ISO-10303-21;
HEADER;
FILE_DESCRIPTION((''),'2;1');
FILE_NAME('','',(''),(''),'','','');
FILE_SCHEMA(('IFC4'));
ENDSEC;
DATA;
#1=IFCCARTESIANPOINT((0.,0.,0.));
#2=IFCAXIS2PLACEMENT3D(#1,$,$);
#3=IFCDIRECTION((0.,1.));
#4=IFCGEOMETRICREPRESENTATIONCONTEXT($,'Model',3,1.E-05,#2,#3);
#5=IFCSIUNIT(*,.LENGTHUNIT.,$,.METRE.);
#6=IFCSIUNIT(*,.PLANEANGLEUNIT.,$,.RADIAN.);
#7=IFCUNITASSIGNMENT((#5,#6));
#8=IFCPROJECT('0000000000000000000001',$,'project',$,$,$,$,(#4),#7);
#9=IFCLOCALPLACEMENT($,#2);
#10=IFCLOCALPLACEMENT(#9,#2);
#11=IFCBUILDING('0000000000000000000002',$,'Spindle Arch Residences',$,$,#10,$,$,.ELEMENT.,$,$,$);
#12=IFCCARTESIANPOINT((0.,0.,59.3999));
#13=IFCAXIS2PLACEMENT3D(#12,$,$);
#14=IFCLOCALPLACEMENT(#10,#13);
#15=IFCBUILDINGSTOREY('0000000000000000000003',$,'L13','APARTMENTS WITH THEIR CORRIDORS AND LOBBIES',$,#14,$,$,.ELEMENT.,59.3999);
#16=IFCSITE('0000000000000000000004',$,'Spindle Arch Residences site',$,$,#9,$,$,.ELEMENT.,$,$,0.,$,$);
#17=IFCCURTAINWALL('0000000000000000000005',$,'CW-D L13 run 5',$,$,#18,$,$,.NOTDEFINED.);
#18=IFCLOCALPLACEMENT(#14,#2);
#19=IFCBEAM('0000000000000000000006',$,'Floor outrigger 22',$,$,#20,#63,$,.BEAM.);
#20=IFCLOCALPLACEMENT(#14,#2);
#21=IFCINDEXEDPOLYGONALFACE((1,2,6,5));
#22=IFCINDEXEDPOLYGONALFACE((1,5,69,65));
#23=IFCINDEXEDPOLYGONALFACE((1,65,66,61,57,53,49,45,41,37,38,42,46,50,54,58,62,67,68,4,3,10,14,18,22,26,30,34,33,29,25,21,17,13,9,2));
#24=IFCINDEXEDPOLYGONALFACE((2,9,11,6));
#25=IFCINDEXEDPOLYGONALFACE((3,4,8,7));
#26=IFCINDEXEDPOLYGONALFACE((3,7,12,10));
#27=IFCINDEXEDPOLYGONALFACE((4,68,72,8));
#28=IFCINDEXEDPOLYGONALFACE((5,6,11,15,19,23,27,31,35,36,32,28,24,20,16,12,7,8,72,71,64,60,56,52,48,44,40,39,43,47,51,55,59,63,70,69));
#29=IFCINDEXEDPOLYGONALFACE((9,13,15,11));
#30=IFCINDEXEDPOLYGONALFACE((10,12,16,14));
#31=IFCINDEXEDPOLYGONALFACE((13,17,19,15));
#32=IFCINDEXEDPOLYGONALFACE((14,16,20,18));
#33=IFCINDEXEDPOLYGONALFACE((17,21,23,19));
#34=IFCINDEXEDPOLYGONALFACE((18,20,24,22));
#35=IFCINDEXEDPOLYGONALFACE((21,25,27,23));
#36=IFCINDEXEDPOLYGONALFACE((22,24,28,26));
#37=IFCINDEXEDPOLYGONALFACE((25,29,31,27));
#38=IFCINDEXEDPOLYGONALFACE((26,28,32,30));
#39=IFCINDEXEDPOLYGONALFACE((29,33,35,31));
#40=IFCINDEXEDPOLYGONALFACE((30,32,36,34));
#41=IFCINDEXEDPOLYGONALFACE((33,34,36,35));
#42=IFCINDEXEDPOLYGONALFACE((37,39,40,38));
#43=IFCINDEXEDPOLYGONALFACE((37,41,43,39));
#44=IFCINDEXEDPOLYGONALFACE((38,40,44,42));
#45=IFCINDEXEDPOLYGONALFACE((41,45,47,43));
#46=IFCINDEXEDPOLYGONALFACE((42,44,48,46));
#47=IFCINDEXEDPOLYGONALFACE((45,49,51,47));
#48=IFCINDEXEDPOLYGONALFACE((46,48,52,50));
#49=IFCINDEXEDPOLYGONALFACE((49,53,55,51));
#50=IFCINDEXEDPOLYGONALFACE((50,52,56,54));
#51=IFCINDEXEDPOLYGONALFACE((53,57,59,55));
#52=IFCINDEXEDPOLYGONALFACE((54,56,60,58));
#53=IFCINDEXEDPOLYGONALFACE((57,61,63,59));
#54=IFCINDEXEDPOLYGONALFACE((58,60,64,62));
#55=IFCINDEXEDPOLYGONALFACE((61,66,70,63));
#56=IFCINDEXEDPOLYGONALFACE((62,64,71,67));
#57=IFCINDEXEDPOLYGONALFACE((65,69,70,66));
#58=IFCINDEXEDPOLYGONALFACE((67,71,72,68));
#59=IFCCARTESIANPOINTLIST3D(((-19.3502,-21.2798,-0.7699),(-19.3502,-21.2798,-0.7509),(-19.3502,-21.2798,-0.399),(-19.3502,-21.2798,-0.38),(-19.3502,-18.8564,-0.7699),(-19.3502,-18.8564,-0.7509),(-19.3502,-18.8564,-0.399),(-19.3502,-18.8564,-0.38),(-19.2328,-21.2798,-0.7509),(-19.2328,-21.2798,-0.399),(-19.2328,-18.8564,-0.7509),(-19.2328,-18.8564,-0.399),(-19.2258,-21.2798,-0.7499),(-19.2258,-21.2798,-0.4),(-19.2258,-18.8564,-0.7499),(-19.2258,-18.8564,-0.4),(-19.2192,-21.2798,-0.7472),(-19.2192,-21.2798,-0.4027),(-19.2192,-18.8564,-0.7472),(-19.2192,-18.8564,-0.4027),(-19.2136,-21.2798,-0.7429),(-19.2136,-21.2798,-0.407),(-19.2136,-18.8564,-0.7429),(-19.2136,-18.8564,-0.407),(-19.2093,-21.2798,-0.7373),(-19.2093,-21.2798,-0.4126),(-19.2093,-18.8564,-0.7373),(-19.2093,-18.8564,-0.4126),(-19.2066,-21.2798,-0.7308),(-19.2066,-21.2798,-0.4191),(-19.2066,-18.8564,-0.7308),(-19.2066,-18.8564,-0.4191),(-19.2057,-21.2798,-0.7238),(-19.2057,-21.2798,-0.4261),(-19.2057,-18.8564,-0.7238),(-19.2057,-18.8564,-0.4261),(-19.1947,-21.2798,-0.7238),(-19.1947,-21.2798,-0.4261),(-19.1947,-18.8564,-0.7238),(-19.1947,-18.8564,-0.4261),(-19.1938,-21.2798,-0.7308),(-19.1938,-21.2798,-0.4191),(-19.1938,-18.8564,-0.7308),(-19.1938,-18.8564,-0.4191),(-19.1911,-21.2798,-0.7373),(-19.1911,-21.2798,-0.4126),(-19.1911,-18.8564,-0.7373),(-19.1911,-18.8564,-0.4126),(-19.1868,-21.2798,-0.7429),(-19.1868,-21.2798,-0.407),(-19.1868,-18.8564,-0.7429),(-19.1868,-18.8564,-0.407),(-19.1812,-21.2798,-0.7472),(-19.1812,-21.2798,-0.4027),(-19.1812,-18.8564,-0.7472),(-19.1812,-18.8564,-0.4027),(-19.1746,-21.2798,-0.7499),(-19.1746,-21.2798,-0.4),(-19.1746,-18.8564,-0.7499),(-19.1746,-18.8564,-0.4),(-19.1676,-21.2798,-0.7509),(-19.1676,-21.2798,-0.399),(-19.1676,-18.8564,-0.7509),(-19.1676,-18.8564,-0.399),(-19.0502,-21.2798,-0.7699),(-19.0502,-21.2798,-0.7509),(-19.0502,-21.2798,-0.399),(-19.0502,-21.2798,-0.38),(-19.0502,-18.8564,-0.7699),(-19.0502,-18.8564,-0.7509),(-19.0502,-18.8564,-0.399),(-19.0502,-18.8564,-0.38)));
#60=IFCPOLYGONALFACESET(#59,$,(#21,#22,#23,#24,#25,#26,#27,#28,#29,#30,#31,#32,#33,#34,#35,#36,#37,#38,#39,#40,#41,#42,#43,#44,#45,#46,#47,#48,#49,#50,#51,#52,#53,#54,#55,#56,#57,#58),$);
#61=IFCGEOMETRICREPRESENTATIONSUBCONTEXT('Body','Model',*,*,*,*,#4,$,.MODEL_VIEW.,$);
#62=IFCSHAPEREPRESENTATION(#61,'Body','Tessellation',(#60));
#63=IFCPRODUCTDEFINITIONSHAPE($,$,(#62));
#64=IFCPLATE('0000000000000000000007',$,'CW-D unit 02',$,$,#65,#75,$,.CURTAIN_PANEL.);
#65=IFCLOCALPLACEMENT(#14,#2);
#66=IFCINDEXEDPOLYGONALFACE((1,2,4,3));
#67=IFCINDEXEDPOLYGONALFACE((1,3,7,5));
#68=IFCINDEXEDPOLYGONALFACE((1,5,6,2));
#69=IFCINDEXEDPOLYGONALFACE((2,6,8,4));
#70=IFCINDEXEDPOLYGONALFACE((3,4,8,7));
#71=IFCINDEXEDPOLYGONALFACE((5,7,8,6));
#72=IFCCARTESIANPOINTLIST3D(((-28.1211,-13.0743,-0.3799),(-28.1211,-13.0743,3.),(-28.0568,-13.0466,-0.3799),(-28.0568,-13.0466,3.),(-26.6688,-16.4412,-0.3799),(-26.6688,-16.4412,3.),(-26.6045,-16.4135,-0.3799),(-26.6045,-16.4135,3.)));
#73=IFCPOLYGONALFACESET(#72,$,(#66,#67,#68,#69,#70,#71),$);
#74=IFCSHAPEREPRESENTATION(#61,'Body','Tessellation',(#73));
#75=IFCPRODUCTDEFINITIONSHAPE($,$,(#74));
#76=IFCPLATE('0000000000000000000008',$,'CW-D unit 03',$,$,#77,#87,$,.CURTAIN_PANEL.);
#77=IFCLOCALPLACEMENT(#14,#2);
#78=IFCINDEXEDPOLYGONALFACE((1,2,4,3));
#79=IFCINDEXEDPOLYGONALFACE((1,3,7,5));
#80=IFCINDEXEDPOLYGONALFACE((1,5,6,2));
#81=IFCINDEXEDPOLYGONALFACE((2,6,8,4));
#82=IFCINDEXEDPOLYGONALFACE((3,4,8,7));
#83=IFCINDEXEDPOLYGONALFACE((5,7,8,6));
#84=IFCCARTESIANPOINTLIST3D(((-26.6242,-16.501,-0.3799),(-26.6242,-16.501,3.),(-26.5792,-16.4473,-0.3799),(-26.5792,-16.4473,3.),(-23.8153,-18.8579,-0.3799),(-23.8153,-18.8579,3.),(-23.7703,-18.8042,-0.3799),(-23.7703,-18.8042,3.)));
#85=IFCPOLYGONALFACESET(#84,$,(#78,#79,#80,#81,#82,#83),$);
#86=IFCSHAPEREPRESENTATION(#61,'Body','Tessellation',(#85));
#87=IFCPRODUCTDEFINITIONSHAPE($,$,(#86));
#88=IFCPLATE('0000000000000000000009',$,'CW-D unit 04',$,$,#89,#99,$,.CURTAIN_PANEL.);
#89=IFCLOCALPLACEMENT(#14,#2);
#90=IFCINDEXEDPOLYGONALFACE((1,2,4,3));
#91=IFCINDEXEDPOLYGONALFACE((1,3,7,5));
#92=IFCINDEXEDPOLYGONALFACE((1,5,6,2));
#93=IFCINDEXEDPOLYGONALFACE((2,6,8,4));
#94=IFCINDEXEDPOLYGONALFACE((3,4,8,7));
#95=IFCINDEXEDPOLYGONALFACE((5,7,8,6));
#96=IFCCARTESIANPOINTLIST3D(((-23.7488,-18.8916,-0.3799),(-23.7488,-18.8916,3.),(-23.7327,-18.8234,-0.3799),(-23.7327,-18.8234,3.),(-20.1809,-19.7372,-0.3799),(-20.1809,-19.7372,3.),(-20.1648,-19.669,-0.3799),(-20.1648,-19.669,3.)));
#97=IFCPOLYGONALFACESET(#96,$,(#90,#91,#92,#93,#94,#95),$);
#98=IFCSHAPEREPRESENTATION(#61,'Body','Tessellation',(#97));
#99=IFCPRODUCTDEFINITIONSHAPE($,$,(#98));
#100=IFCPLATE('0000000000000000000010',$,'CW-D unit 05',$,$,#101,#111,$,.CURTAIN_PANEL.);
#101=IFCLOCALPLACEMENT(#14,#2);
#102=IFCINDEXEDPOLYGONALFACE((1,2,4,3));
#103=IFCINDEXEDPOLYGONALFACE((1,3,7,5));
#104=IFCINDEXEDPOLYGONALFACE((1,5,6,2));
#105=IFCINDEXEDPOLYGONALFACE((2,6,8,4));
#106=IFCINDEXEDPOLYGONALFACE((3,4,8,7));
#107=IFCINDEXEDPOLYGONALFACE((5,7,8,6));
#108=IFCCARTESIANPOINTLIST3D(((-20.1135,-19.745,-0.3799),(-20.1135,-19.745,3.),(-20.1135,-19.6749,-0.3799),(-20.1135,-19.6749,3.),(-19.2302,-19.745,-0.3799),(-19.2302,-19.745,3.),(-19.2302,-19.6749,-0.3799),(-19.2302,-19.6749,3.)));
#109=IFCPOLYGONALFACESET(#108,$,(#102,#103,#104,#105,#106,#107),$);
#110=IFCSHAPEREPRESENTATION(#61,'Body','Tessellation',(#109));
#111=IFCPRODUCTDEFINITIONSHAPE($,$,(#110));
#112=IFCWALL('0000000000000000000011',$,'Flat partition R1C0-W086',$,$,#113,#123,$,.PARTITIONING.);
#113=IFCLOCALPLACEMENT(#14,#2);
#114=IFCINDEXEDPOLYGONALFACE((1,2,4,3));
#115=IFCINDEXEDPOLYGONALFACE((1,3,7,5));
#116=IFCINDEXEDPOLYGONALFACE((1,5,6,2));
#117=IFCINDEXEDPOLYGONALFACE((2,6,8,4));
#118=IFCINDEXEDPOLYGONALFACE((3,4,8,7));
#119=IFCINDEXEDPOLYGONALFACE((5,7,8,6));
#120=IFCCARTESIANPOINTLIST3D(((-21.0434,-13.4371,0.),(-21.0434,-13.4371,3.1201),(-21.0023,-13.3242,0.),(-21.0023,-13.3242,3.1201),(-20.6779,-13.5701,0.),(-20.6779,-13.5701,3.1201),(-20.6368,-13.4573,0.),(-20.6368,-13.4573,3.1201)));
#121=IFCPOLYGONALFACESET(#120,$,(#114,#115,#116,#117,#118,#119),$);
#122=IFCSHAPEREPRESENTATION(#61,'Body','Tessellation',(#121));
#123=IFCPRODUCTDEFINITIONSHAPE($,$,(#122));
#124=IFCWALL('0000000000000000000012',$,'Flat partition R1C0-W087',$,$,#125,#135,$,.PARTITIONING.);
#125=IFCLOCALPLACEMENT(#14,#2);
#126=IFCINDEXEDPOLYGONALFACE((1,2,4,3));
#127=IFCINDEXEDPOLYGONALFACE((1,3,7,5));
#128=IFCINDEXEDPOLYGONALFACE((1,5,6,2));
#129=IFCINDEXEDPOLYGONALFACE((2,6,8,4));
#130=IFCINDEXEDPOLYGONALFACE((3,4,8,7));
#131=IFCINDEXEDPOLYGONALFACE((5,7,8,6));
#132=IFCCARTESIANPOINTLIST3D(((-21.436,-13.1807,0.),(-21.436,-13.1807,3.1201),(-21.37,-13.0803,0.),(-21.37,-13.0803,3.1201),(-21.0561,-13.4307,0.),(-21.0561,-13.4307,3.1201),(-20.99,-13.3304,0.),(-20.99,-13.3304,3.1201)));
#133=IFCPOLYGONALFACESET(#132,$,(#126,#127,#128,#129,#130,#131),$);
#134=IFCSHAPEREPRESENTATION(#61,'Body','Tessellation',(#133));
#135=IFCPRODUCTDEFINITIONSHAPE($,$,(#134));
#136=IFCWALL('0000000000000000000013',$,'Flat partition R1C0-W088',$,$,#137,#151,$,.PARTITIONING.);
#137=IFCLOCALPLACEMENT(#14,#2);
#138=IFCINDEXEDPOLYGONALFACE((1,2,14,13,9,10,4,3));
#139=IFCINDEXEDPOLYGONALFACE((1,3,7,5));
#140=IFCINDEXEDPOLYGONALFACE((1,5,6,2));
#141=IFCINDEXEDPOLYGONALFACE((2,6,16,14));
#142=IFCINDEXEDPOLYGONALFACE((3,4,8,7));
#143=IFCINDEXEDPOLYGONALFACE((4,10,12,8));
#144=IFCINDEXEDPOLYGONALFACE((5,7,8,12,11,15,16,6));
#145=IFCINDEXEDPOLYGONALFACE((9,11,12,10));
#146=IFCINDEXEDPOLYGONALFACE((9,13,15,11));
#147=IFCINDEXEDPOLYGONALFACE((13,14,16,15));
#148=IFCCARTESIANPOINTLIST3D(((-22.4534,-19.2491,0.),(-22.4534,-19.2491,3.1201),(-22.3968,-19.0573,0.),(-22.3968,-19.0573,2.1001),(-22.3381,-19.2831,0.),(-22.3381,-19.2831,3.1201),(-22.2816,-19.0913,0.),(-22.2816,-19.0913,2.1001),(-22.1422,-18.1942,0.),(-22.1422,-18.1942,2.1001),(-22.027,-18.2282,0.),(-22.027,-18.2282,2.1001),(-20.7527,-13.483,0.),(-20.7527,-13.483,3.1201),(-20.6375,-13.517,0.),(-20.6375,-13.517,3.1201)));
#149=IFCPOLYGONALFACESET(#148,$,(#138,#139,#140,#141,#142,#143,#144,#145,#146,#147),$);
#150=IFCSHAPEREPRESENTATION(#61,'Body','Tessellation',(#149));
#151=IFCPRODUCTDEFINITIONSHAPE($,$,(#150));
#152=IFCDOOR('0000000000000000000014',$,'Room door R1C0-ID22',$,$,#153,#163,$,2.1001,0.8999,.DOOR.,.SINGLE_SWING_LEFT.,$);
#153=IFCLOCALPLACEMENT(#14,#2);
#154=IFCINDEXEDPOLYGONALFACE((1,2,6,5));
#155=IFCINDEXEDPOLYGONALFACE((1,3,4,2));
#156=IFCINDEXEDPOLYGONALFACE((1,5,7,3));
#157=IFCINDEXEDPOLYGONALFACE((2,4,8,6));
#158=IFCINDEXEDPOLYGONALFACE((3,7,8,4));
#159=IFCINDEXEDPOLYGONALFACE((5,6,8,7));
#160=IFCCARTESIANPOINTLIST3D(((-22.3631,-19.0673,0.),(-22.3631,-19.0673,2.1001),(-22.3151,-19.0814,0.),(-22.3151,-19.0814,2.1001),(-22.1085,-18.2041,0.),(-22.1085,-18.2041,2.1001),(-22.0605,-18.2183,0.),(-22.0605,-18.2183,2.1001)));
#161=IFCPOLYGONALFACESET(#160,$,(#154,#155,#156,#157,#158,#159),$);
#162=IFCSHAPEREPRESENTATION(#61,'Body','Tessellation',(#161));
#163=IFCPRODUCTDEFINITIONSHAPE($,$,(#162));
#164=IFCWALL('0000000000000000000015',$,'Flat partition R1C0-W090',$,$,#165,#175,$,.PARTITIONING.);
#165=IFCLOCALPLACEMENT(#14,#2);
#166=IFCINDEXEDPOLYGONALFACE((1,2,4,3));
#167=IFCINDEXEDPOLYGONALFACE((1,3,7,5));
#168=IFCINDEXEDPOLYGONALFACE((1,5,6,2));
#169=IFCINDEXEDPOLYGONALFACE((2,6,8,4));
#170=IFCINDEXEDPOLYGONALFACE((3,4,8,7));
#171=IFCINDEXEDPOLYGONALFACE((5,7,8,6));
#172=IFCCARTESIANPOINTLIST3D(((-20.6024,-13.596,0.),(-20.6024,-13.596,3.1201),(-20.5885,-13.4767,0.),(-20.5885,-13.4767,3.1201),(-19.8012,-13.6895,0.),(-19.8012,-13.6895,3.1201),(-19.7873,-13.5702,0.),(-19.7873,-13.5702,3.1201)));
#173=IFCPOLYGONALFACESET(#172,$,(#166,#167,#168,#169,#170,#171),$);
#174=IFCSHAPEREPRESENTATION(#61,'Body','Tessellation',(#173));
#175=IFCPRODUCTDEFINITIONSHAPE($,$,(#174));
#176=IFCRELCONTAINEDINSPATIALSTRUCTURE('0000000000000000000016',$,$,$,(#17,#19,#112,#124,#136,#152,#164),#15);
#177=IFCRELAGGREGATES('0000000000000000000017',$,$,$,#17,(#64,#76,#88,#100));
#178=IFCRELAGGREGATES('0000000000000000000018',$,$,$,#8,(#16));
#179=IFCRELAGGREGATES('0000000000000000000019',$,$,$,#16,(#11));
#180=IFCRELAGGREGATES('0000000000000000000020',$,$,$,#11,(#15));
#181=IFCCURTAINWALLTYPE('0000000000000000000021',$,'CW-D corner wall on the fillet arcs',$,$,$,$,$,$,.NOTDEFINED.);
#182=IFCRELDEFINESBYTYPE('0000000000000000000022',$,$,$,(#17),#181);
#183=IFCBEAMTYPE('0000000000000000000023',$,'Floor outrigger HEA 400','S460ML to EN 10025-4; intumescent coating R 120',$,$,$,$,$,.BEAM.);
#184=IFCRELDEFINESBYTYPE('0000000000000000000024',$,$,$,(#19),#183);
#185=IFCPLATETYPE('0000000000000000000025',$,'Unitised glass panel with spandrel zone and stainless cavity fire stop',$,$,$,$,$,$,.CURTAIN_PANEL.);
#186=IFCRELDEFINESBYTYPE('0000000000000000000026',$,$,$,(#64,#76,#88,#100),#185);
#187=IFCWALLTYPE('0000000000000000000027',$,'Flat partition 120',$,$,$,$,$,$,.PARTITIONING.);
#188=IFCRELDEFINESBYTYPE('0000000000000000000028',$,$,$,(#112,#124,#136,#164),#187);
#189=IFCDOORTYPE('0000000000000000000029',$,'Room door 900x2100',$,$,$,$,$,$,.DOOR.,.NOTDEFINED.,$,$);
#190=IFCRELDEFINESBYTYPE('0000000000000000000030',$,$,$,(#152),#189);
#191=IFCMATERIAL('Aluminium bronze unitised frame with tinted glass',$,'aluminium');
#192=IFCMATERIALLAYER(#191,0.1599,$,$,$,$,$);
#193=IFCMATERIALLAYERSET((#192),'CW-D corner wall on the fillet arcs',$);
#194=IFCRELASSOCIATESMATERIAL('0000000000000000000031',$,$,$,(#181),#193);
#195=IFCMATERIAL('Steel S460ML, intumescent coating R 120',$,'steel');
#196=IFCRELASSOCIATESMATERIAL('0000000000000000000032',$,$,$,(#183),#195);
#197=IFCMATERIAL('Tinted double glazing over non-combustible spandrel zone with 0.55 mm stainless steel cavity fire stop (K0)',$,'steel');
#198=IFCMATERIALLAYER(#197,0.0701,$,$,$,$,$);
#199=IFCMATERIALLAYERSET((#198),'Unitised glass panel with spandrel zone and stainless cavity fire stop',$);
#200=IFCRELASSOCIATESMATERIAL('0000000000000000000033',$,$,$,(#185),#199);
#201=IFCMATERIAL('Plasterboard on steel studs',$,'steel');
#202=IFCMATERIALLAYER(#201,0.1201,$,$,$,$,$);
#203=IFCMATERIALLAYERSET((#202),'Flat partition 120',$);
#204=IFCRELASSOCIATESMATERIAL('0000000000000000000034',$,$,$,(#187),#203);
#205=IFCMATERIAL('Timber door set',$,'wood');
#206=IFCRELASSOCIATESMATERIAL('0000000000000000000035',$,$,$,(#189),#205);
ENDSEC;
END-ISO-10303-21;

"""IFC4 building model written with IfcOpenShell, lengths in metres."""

from ifc_helpers import new_model, si_unit, direction, frame, frame_2d, origin, origin_2d, place, context, subcontext, project, spatial, rectangle, i_section, extrude, material, layer, layer_set, material_profile, profile_set, type_object, element, fill, aggregate, save


model = new_model("IFC4")

# Units and contexts
model_context = context("Model", 3, precision=1e-05, world=origin(), true_north=direction((0.0, 1.0)))
body_context = subcontext(model_context, "Body", "Model", "MODEL_VIEW")
ifc_project = project(units=[si_unit("LENGTHUNIT", "METRE"), si_unit("PLANEANGLEUNIT", "RADIAN")], contexts=[model_context])

# Site, building, storey
site_placement = place(None, origin())
site = spatial("IfcSite", under=ifc_project, at=site_placement, Name="Spindle Arch Residences site", CompositionType="ELEMENT", RefElevation=0.0)
building_placement = place(site_placement, origin())
building = spatial("IfcBuilding", under=site, at=building_placement, Name="Spindle Arch Residences", CompositionType="ELEMENT")
storey_placement = place(building_placement, frame((0.0, 0.0, 59.3999)))
storey = spatial("IfcBuildingStorey", under=building, at=storey_placement, Name="L13", Description="APARTMENTS WITH THEIR CORRIDORS AND LOBBIES", CompositionType="ELEMENT", Elevation=59.3999)

# Curtain wall
ifc_material_1 = material(Name="Aluminium bronze unitised frame with tinted glass", Category="aluminium")
ifc_layer_1 = layer(ifc_material_1, 0.1599)
ifc_layer_set_1 = layer_set([ifc_layer_1], Name="CW-D corner wall on the fillet arcs")
curtain_wall_type_1 = type_object("IfcCurtainWallType", Name="CW-D corner wall on the fillet arcs", PredefinedType="NOTDEFINED", material=ifc_layer_set_1)
curtain_wall_1_placement = place(storey_placement, origin())
curtain_wall_1 = element("IfcCurtainWall", 1, at=curtain_wall_1_placement, inside=storey, type_object=curtain_wall_type_1, Name="CW-D L13 run 5", PredefinedType="NOTDEFINED")

# Beam
ifc_material_2 = material(Name="Steel S460ML, intumescent coating R 120", Category="steel")
ifc_material_profile_1 = material_profile(ifc_material_2, i_section(OverallWidth=0.3, OverallDepth=0.3899, WebThickness=0.011, FlangeThickness=0.019, FilletRadius=0.0271, at=origin_2d()), Name="HEA 400")
ifc_profile_set_1 = profile_set([ifc_material_profile_1], Name="Steel S460ML, intumescent coating R 120")
beam_type_1 = type_object("IfcBeamType", Name="Floor outrigger HEA 400", Description="S460ML to EN 10025-4; intumescent coating R 120", PredefinedType="BEAM", material=ifc_profile_set_1)
beam_1_placement = place(storey_placement, frame((-19.2002, -21.2798, -0.575), z_axis=(0.0, 1.0, 0.0), x_axis=(-1.0, 0.0, 0.0)))
element("IfcBeam", 2, at=beam_1_placement, inside=storey, type_object=beam_type_1, Name="Floor outrigger 22", PredefinedType="BEAM", context=body_context, shape_type="SweptSolid", body=[
    extrude(i_section(OverallWidth=0.3, OverallDepth=0.3899, WebThickness=0.011, FlangeThickness=0.019, FilletRadius=0.0271, at=origin_2d()), origin(), (0.0, 0.0, 1.0), 2.4233),
])

# Plates
ifc_material_3 = material(Name="Tinted double glazing over non-combustible spandrel zone with 0.55 mm stainless steel cavity fire stop (K0)", Category="steel")
ifc_layer_2 = layer(ifc_material_3, 0.0701)
ifc_layer_set_2 = layer_set([ifc_layer_2], Name="Unitised glass panel with spandrel zone and stainless cavity fire stop")
plate_type = type_object("IfcPlateType", Name="Unitised glass panel with spandrel zone and stainless cavity fire stop", PredefinedType="CURTAIN_PANEL", material=ifc_layer_set_2)
plate_1_placement = place(storey_placement, frame((-27.3628, -14.7439, -0.3799), z_axis=(0.0, 0.0, 1.0), x_axis=(0.39608, -0.918216, 0.0)))
plate_1 = element("IfcPlate", 3, at=plate_1_placement, type_object=plate_type, Name="CW-D unit 02", PredefinedType="CURTAIN_PANEL", context=body_context, shape_type="SweptSolid", body=[
    extrude(rectangle(XDim=3.6667, YDim=0.0701, at=origin_2d()), origin(), (0.0, 0.0, 1.0), 3.3799),
])
plate_2_placement = place(storey_placement, frame((-25.1973, -17.6526, -0.3799), z_axis=(0.0, 0.0, 1.0), x_axis=(0.766044, -0.642788, 0.0)))
plate_2 = element("IfcPlate", 4, at=plate_2_placement, type_object=plate_type, Name="CW-D unit 03", PredefinedType="CURTAIN_PANEL", context=body_context, shape_type="SweptSolid", body=[
    extrude(rectangle(XDim=3.6667, YDim=0.0701, at=origin_2d()), origin(), (0.0, 0.0, 1.0), 3.3799),
])
plate_3_placement = place(storey_placement, frame((-21.9568, -19.2803, -0.3799), z_axis=(0.0, 0.0, 1.0), x_axis=(0.973045, -0.230616, 0.0)))
plate_3 = element("IfcPlate", 5, at=plate_3_placement, type_object=plate_type, Name="CW-D unit 04", PredefinedType="CURTAIN_PANEL", context=body_context, shape_type="SweptSolid", body=[
    extrude(rectangle(XDim=3.6667, YDim=0.0701, at=origin_2d()), origin(), (0.0, 0.0, 1.0), 3.3799),
])
plate_4_placement = place(storey_placement, frame((-19.6719, -19.71, -0.3799), z_axis=(0.0, 0.0, 1.0), x_axis=(1.0, 0.0, 0.0)))
plate_4 = element("IfcPlate", 6, at=plate_4_placement, type_object=plate_type, Name="CW-D unit 05", PredefinedType="CURTAIN_PANEL", context=body_context, shape_type="SweptSolid", body=[
    extrude(rectangle(XDim=0.8833, YDim=0.0701, at=origin_2d()), origin(), (0.0, 0.0, 1.0), 3.3799),
])
aggregate(curtain_wall_1, [plate_1, plate_2, plate_3, plate_4])

# Walls
ifc_material_4 = material(Name="Plasterboard on steel studs", Category="steel")
ifc_layer_3 = layer(ifc_material_4, 0.1201)
ifc_layer_set_3 = layer_set([ifc_layer_3], Name="Flat partition 120")
wall_type_1 = type_object("IfcWallType", Name="Flat partition 120", PredefinedType="PARTITIONING", material=ifc_layer_set_3)
wall_1_placement = place(storey_placement, frame((-20.6575, -13.5137, 0.0), z_axis=(0.0, 0.0, 1.0), x_axis=(-0.939665, 0.342096, 0.0)))
element("IfcWall", 7, at=wall_1_placement, inside=storey, type_object=wall_type_1, Name="Flat partition R1C0-W086", PredefinedType="PARTITIONING", context=body_context, shape_type="SweptSolid", body=[
    extrude(rectangle(XDim=0.3889, YDim=0.1201, at=frame_2d((0.1943, 0.0))), origin(), (0.0, 0.0, 1.0), 3.1201),
])
wall_2_placement = place(storey_placement, frame((-21.0229, -13.3806, 0.0), z_axis=(0.0, 0.0, 1.0), x_axis=(-0.835339, 0.549735, 0.0)))
element("IfcWall", 8, at=wall_2_placement, inside=storey, type_object=wall_type_1, Name="Flat partition R1C0-W087", PredefinedType="PARTITIONING", context=body_context, shape_type="SweptSolid", body=[
    extrude(rectangle(XDim=0.4548, YDim=0.1201, at=frame_2d((0.2275, 0.0))), origin(), (0.0, 0.0, 1.0), 3.1201),
])

# Wall, opening, door
wall_3_placement = place(storey_placement, frame((-22.3958, -19.2661, 0.0), z_axis=(0.0, 0.0, 1.0), x_axis=(0.282896, 0.959151, 0.0)))
wall_3 = element("IfcWall", 9, at=wall_3_placement, inside=storey, type_object=wall_type_1, Name="Flat partition R1C0-W088", PredefinedType="PARTITIONING", context=body_context, shape_type="SweptSolid", body=[
    extrude(rectangle(XDim=6.0117, YDim=0.1201, at=frame_2d((3.0059, 0.0))), origin(), (0.0, 0.0, 1.0), 3.1201),
])
opening_1_placement = place(wall_3_placement, frame((0.2, 0.0, 0.0)))
opening_1 = element("IfcOpeningElement", 10, at=opening_1_placement, cuts=wall_3, PredefinedType="OPENING", context=body_context, shape_type="SweptSolid", body=[
    extrude(rectangle(XDim=0.8999, YDim=2.1001, at=frame_2d((0.45, 1.05))), frame((0.0, 0.0701, 0.0), z_axis=(0.0, -1.0, 0.0), x_axis=(1.0, 0.0, 0.0)), (0.0, 0.0, 1.0), 0.1401),
])
ifc_material_5 = material(Name="Timber door set", Category="wood")
door_type = type_object("IfcDoorType", Name="Room door 900x2100", OperationType="NOTDEFINED", PredefinedType="DOOR", material=ifc_material_5)
door_1_placement = place(opening_1_placement, origin())
door_1 = element("IfcDoor", 11, at=door_1_placement, inside=storey, type_object=door_type, Name="Room door R1C0-ID22", OperationType="SINGLE_SWING_LEFT", OverallHeight=2.1001, OverallWidth=0.8999, PredefinedType="DOOR", context=body_context, shape_type="SweptSolid", body=[
    extrude(rectangle(XDim=0.8999, YDim=2.1001, at=frame_2d((0.45, 1.05))), frame((0.0, 0.0249, 0.0), z_axis=(0.0, -1.0, 0.0), x_axis=(1.0, 0.0, 0.0)), (0.0, 0.0, 1.0), 0.05),
])
fill(opening_1, door_1)

# Wall
wall_4_placement = place(storey_placement, frame((-20.5955, -13.5364, 0.0), z_axis=(0.0, 0.0, 1.0), x_axis=(0.99326, -0.115911, 0.0)))
element("IfcWall", 12, at=wall_4_placement, inside=storey, type_object=wall_type_1, Name="Flat partition R1C0-W090", PredefinedType="PARTITIONING", context=body_context, shape_type="SweptSolid", body=[
    extrude(rectangle(XDim=0.8066, YDim=0.1201, at=frame_2d((0.4033, 0.0))), origin(), (0.0, 0.0, 1.0), 3.1201),
])

save(model, "model.ifc")
